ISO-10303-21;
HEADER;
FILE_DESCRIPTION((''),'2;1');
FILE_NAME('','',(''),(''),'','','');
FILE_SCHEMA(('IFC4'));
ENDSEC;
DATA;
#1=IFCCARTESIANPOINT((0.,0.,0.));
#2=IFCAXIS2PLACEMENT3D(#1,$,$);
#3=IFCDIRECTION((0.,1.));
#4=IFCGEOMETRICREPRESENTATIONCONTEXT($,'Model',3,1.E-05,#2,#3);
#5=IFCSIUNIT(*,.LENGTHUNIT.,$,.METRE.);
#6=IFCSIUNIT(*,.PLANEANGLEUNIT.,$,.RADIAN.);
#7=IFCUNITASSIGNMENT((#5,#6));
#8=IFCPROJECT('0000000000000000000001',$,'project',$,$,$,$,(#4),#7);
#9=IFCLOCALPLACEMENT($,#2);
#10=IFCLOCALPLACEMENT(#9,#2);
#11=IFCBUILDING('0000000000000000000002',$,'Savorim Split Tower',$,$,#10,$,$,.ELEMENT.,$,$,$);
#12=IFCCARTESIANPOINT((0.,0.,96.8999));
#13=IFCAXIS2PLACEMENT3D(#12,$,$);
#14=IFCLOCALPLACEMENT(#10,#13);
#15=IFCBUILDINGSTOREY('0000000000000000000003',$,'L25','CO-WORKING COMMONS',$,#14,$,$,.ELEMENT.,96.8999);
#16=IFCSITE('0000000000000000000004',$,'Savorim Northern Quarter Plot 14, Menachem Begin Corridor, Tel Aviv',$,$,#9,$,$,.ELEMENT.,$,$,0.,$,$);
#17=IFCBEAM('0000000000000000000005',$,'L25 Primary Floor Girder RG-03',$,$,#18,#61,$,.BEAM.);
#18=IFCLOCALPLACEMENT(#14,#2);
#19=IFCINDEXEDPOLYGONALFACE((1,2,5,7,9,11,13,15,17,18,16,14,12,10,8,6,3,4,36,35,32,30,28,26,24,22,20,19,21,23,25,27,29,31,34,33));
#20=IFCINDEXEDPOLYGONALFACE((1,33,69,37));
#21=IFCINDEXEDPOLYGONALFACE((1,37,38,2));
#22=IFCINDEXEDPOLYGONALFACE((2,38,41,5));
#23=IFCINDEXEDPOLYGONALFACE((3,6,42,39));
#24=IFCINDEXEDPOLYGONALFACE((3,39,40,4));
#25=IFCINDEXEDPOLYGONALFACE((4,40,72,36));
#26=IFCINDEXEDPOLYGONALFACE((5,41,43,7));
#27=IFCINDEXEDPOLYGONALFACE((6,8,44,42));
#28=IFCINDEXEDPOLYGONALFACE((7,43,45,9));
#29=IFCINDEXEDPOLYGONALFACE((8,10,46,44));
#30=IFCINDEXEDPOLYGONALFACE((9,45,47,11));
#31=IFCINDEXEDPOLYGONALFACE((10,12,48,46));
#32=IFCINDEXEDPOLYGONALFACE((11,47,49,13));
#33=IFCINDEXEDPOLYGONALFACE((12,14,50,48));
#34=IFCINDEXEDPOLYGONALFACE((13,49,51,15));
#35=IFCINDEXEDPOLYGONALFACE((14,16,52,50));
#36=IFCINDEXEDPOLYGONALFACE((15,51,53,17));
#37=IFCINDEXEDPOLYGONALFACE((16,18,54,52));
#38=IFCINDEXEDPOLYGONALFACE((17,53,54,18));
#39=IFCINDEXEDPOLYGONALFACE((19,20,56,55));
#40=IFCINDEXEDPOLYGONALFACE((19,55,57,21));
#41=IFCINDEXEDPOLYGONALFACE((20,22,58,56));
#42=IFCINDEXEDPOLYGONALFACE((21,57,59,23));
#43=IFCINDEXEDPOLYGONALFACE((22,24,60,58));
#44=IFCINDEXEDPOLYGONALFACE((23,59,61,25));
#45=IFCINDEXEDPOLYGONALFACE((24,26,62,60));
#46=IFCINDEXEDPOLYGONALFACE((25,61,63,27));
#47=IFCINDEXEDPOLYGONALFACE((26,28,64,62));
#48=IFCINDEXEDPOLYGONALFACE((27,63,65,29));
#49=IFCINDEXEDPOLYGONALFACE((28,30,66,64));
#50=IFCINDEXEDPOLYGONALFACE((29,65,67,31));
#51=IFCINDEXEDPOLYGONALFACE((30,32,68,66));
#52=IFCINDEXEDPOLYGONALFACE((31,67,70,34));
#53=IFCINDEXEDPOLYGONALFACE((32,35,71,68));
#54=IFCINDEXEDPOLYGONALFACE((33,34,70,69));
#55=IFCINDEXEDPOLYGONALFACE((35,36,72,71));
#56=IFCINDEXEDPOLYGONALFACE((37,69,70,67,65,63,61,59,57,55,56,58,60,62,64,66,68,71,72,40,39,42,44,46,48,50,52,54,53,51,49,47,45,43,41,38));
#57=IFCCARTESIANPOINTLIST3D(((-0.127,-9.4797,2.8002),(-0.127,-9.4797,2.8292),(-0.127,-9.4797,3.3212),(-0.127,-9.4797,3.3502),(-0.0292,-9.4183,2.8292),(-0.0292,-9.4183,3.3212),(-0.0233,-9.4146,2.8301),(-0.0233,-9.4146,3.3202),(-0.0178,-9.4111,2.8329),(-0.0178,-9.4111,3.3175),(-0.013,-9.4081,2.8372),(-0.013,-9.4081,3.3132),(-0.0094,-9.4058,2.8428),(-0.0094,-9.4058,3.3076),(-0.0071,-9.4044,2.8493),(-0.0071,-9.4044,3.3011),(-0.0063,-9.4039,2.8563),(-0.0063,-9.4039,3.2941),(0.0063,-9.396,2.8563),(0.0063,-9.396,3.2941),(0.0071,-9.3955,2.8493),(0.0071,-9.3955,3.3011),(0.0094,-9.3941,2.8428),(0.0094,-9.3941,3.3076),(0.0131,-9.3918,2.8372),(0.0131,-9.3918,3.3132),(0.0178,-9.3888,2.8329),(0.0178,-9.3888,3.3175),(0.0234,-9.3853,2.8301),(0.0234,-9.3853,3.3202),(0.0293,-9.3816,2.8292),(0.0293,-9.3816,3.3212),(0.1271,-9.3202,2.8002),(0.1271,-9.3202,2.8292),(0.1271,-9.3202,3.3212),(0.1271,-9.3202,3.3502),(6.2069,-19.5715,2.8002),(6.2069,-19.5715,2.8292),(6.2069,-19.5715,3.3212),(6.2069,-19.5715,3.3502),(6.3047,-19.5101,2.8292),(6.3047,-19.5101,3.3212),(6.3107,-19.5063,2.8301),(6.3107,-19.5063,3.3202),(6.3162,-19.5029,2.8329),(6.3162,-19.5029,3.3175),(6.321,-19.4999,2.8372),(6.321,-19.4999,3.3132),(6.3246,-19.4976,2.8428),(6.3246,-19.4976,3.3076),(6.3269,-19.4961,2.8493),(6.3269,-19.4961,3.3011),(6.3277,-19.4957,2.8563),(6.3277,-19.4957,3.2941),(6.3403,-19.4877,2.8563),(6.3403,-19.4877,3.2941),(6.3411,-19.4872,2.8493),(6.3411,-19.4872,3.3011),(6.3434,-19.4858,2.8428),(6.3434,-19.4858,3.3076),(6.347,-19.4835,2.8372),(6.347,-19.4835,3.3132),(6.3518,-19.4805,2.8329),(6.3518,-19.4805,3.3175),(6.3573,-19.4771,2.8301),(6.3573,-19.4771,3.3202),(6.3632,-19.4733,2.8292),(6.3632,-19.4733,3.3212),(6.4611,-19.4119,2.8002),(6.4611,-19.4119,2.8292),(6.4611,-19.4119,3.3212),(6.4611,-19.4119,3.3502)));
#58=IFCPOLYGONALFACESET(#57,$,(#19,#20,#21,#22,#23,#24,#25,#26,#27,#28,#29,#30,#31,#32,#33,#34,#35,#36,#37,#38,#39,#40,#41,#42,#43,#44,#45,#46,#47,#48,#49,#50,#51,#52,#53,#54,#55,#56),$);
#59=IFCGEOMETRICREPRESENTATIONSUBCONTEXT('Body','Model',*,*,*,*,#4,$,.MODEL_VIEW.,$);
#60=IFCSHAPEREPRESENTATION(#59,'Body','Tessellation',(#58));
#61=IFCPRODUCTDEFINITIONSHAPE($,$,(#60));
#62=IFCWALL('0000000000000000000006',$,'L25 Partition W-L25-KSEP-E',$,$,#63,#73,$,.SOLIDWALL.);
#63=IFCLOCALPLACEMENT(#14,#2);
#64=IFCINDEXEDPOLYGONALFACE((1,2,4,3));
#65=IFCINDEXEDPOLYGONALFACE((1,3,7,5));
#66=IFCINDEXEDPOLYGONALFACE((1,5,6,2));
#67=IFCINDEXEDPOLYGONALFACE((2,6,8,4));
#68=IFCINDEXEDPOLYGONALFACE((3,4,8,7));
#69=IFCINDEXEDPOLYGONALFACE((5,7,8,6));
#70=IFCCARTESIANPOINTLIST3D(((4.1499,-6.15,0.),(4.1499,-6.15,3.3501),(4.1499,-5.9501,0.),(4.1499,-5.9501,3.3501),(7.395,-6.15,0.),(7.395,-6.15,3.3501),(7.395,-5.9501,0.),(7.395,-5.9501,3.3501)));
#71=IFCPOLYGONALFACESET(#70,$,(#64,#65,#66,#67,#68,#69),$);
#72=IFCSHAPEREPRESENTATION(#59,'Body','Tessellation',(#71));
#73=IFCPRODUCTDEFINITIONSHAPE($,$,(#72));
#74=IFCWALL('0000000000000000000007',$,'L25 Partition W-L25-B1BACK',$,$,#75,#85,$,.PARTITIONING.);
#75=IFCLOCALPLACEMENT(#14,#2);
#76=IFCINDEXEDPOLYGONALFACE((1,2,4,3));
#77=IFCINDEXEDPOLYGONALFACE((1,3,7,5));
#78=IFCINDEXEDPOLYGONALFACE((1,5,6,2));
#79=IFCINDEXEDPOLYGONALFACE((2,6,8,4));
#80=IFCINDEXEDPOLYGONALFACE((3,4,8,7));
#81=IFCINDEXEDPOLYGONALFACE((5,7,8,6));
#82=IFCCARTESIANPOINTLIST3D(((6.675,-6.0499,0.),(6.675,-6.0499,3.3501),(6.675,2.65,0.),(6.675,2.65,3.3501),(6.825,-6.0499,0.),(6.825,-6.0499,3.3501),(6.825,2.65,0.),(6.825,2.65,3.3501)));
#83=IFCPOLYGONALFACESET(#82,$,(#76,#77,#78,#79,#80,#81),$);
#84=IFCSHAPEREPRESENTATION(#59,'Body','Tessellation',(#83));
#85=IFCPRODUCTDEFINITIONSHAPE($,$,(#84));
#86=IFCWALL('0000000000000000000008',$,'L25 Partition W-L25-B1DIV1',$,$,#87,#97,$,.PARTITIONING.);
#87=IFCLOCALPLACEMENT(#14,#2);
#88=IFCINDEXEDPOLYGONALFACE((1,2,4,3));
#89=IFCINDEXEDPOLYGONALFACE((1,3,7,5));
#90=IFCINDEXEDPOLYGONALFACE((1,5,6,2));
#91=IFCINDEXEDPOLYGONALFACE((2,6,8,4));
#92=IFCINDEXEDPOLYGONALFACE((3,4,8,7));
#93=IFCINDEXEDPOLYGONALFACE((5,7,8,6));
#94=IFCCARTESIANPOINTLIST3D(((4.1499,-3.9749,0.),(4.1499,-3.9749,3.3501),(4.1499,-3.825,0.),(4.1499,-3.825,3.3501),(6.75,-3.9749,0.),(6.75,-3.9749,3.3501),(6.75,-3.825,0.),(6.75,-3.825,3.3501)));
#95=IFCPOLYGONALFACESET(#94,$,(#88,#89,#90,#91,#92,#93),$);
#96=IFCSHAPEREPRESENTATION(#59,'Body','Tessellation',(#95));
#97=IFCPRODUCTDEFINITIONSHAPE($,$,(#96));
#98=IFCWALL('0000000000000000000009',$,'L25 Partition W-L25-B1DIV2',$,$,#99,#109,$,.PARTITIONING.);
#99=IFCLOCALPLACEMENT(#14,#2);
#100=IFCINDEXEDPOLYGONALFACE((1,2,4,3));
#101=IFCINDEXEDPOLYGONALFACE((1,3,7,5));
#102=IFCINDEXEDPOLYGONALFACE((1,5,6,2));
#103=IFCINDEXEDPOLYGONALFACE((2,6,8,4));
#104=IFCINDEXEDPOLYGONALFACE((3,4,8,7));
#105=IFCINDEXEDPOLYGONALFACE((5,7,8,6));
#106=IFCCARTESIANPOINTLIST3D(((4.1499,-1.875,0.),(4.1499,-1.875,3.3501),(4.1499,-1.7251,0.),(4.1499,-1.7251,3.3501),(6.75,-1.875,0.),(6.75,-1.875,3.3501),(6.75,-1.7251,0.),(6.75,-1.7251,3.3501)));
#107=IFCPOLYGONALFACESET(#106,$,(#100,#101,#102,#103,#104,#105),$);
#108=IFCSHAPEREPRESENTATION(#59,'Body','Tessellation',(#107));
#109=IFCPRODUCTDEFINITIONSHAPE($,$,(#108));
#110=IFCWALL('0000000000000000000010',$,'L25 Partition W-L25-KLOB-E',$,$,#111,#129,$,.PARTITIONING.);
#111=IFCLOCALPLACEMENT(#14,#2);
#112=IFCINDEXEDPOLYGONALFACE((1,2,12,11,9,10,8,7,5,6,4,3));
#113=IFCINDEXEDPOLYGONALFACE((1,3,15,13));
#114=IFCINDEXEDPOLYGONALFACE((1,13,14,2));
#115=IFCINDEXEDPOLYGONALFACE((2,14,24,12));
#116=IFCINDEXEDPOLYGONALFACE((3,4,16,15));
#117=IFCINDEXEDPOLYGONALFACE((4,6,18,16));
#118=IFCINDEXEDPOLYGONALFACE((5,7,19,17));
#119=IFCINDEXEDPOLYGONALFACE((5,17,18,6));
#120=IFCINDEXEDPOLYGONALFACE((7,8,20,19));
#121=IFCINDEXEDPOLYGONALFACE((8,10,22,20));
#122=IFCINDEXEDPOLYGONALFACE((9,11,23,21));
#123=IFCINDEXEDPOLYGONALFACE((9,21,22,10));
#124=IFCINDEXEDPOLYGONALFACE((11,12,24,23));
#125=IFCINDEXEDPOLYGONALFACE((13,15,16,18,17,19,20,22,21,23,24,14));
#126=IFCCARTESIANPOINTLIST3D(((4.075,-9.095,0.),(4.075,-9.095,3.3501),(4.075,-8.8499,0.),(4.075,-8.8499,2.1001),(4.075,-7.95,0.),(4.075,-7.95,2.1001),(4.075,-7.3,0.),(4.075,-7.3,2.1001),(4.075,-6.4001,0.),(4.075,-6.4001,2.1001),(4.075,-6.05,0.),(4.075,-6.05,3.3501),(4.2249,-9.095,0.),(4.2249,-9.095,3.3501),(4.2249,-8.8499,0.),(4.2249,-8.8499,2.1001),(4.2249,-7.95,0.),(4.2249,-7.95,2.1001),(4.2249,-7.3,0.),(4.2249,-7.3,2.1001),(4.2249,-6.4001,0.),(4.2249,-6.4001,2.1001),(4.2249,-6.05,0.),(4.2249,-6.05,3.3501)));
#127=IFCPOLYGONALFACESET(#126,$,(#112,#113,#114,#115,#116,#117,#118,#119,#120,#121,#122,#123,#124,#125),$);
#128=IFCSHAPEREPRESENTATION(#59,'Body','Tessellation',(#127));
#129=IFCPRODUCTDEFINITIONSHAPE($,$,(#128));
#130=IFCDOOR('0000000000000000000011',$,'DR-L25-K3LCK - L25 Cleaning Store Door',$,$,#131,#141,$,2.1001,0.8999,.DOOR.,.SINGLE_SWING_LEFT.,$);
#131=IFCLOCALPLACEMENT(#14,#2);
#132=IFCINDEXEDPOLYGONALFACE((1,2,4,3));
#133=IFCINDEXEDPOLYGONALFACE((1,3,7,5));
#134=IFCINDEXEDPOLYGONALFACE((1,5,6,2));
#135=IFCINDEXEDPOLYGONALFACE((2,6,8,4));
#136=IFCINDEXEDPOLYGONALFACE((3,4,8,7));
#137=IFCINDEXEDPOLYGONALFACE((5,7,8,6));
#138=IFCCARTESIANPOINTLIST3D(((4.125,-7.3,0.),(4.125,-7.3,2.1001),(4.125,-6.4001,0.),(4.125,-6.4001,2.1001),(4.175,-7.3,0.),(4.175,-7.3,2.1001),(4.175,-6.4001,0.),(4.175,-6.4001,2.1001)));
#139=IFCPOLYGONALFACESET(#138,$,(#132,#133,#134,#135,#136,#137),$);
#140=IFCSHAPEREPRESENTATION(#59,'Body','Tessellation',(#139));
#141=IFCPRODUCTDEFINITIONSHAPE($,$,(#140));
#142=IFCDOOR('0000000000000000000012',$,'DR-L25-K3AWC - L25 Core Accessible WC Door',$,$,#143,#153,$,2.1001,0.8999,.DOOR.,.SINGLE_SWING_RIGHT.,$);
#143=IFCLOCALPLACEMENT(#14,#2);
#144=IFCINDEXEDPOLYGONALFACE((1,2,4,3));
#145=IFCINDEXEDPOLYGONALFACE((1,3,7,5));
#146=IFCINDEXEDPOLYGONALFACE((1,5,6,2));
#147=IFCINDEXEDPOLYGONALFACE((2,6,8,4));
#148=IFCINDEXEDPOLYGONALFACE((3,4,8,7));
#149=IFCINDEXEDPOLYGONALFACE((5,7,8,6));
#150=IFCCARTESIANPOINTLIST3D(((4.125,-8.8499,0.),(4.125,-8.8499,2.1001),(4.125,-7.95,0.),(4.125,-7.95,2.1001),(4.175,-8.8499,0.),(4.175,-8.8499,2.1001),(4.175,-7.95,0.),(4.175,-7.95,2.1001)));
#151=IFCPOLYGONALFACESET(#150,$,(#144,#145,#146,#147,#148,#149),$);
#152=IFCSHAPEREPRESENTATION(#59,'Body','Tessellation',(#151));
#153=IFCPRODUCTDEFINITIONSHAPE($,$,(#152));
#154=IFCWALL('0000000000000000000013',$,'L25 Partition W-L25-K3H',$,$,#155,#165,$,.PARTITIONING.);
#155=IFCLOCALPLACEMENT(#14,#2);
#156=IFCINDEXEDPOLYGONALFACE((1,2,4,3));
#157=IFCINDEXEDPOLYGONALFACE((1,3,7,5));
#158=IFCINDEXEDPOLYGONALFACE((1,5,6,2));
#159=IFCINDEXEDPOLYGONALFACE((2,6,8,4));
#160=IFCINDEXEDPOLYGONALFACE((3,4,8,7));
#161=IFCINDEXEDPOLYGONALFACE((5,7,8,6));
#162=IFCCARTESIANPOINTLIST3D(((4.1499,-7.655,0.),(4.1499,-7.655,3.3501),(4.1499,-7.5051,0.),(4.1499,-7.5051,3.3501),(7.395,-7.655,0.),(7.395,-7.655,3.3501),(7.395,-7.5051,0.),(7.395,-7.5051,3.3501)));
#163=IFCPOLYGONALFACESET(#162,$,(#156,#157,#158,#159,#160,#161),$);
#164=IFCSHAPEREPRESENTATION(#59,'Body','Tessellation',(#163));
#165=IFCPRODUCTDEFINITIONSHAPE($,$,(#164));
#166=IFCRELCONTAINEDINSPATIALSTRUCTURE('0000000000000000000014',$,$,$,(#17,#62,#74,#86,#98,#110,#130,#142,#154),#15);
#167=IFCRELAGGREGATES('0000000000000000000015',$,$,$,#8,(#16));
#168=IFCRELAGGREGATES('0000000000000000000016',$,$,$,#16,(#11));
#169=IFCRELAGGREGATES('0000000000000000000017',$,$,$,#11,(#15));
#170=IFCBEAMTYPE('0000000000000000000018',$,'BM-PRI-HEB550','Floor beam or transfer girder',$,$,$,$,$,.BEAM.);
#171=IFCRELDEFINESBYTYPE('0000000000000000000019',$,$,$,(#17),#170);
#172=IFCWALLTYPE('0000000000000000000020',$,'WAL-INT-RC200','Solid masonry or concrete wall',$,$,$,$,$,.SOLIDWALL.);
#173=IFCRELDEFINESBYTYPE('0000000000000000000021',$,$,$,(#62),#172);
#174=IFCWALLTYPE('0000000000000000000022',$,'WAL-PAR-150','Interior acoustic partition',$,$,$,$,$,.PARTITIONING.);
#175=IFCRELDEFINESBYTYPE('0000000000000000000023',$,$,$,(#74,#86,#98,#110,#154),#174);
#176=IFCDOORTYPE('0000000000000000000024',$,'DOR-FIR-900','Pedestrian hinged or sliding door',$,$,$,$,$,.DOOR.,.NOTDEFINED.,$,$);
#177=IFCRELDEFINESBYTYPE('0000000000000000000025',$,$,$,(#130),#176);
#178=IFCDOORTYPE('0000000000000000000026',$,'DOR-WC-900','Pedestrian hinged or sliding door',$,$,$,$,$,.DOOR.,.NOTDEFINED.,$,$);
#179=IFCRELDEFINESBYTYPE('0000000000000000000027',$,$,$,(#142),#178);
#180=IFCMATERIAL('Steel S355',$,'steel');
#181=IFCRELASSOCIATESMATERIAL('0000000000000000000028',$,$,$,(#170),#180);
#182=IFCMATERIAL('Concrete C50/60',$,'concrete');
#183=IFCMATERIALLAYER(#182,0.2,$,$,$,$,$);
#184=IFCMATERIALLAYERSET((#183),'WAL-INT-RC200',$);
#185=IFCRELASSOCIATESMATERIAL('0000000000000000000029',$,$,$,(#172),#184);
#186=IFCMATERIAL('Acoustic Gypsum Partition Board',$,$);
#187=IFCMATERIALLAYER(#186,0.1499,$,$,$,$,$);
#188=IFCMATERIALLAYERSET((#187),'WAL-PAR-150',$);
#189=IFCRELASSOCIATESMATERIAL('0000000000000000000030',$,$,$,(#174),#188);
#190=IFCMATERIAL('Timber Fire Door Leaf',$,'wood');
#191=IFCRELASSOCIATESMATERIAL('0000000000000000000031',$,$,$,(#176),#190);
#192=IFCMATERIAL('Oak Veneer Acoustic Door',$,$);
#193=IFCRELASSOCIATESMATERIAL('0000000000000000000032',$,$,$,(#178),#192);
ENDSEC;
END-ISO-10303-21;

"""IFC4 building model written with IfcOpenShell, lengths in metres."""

from ifc_helpers import new_model, si_unit, direction, frame, frame_2d, origin, origin_2d, place, context, subcontext, project, spatial, rectangle, i_section, extrude, material, layer, layer_set, material_profile, profile_set, type_object, element, fill, save


model = new_model("IFC4")

# Units and contexts
model_context = context("Model", 3, precision=1e-05, world=origin(), true_north=direction((0.0, 1.0)))
body_context = subcontext(model_context, "Body", "Model", "MODEL_VIEW")
ifc_project = project(units=[si_unit("LENGTHUNIT", "METRE"), si_unit("PLANEANGLEUNIT", "RADIAN")], contexts=[model_context])

# Site, building, storey
site_placement = place(None, origin())
site = spatial("IfcSite", under=ifc_project, at=site_placement, Name="Savorim Northern Quarter Plot 14, Menachem Begin Corridor, Tel Aviv", CompositionType="ELEMENT", RefElevation=0.0)
building_placement = place(site_placement, origin())
building = spatial("IfcBuilding", under=site, at=building_placement, Name="Savorim Split Tower", CompositionType="ELEMENT")
storey_placement = place(building_placement, frame((0.0, 0.0, 96.8999)))
storey = spatial("IfcBuildingStorey", under=building, at=storey_placement, Name="L25", Description="CO-WORKING COMMONS", CompositionType="ELEMENT", Elevation=96.8999)

# Beam
ifc_material_1 = material(Name="Steel S355", Category="steel")
ifc_material_profile_1 = material_profile(ifc_material_1, i_section(OverallWidth=0.3, OverallDepth=0.55, WebThickness=0.0149, FlangeThickness=0.0291, FilletRadius=0.0271, at=origin_2d()), Name="HEB 550")
ifc_profile_set_1 = profile_set([ifc_material_profile_1], Name="Steel S355")
beam_type_1 = type_object("IfcBeamType", Name="BM-PRI-HEB550", Description="Floor beam or transfer girder", PredefinedType="BEAM", material=ifc_profile_set_1)
beam_1_placement = place(storey_placement, frame((6.334, -19.4917, 3.0752), z_axis=(-0.531604, 0.846993, 0.0), x_axis=(-0.846993, -0.531604, 0.0)))
element("IfcBeam", 1, at=beam_1_placement, inside=storey, type_object=beam_type_1, Name="L25 Primary Floor Girder RG-03", PredefinedType="BEAM", context=body_context, shape_type="SweptSolid", body=[
    extrude(i_section(OverallWidth=0.3, OverallDepth=0.55, WebThickness=0.0149, FlangeThickness=0.0291, FilletRadius=0.0271, at=origin_2d()), origin(), (0.0, 0.0, 1.0), 11.9148),
])

# Shared definitions
ifc_material_2 = material(Name="Concrete C50/60", Category="concrete")
ifc_layer_1 = layer(ifc_material_2, 0.2)
ifc_layer_set_1 = layer_set([ifc_layer_1], Name="WAL-INT-RC200")
wall_type_1 = type_object("IfcWallType", Name="WAL-INT-RC200", Description="Solid masonry or concrete wall", PredefinedType="SOLIDWALL", material=ifc_layer_set_1)

# Walls
wall_1_placement = place(storey_placement, frame((4.1499, -6.05, 0.0), z_axis=(0.0, 0.0, 1.0), x_axis=(1.0, 0.0, 0.0)))
element("IfcWall", 2, at=wall_1_placement, inside=storey, type_object=wall_type_1, Name="L25 Partition W-L25-KSEP-E", PredefinedType="SOLIDWALL", context=body_context, shape_type="SweptSolid", body=[
    extrude(rectangle(XDim=3.2451, YDim=0.2, at=frame_2d((1.6226, 0.0))), origin(), (0.0, 0.0, 1.0), 3.3501),
])
ifc_material_3 = material(Name="Acoustic Gypsum Partition Board")
ifc_layer_2 = layer(ifc_material_3, 0.1499)
ifc_layer_set_2 = layer_set([ifc_layer_2], Name="WAL-PAR-150")
wall_type_2 = type_object("IfcWallType", Name="WAL-PAR-150", Description="Interior acoustic partition", PredefinedType="PARTITIONING", material=ifc_layer_set_2)
wall_2_placement = place(storey_placement, frame((6.75, -6.05, 0.0), z_axis=(0.0, 0.0, 1.0), x_axis=(0.0, 1.0, 0.0)))
element("IfcWall", 3, at=wall_2_placement, inside=storey, type_object=wall_type_2, Name="L25 Partition W-L25-B1BACK", PredefinedType="PARTITIONING", context=body_context, shape_type="SweptSolid", body=[
    extrude(rectangle(XDim=8.7, YDim=0.1499, at=frame_2d((4.3501, 0.0))), origin(), (0.0, 0.0, 1.0), 3.3501),
])
for number, where, z_axis, x_axis, name in (
    (4, (4.1499, -3.8999, 0.0), (0.0, 0.0, 1.0), (1.0, 0.0, 0.0), "L25 Partition W-L25-B1DIV1"),
    (5, (4.1499, -1.8, 0.0), (0.0, 0.0, 1.0), (1.0, 0.0, 0.0), "L25 Partition W-L25-B1DIV2"),
):
    element("IfcWall", number, at=place(storey_placement, frame(where, z_axis=z_axis, x_axis=x_axis)), inside=storey, type_object=wall_type_2, Name=name, PredefinedType="PARTITIONING", context=body_context, shape_type="SweptSolid", body=[
        extrude(rectangle(XDim=2.6001, YDim=0.1499, at=frame_2d((1.3, 0.0))), origin(), (0.0, 0.0, 1.0), 3.3501),
    ])

# Wall, openings, doors
wall_3_placement = place(storey_placement, frame((4.1499, -9.095, 0.0), z_axis=(0.0, 0.0, 1.0), x_axis=(0.0, 1.0, 0.0)))
wall_3 = element("IfcWall", 6, at=wall_3_placement, inside=storey, type_object=wall_type_2, Name="L25 Partition W-L25-KLOB-E", PredefinedType="PARTITIONING", context=body_context, shape_type="SweptSolid", body=[
    extrude(rectangle(XDim=3.0449, YDim=0.1499, at=frame_2d((1.5225, 0.0))), origin(), (0.0, 0.0, 1.0), 3.3501),
])
opening_1_placement = place(wall_3_placement, frame((0.2451, 0.0, 0.0)))
opening_1 = element("IfcOpeningElement", 7, at=opening_1_placement, cuts=wall_3, PredefinedType="OPENING", context=body_context, shape_type="SweptSolid", body=[
    extrude(rectangle(XDim=0.8999, YDim=2.1001, at=frame_2d((0.45, 1.05))), frame((0.0, 0.085, 0.0), z_axis=(0.0, -1.0, 0.0), x_axis=(1.0, 0.0, 0.0)), (0.0, 0.0, 1.0), 0.1699),
])
opening_2_placement = place(wall_3_placement, frame((1.7949, 0.0, 0.0)))
opening_2 = element("IfcOpeningElement", 8, at=opening_2_placement, cuts=wall_3, PredefinedType="OPENING", context=body_context, shape_type="SweptSolid", body=[
    extrude(rectangle(XDim=0.8999, YDim=2.1001, at=frame_2d((0.45, 1.05))), frame((0.0, 0.085, 0.0), z_axis=(0.0, -1.0, 0.0), x_axis=(1.0, 0.0, 0.0)), (0.0, 0.0, 1.0), 0.1699),
])
ifc_material_4 = material(Name="Timber Fire Door Leaf", Category="wood")
door_type_1 = type_object("IfcDoorType", Name="DOR-FIR-900", Description="Pedestrian hinged or sliding door", OperationType="NOTDEFINED", PredefinedType="DOOR", material=ifc_material_4)
door_1_placement = place(opening_2_placement, origin())
door_1 = element("IfcDoor", 9, at=door_1_placement, inside=storey, type_object=door_type_1, Name="DR-L25-K3LCK - L25 Cleaning Store Door", OperationType="SINGLE_SWING_LEFT", OverallHeight=2.1001, OverallWidth=0.8999, PredefinedType="DOOR", context=body_context, shape_type="SweptSolid", body=[
    extrude(rectangle(XDim=0.8999, YDim=2.1001, at=frame_2d((0.45, 1.05))), frame((0.0, 0.0249, 0.0), z_axis=(0.0, -1.0, 0.0), x_axis=(1.0, 0.0, 0.0)), (0.0, 0.0, 1.0), 0.05),
])
fill(opening_2, door_1)
ifc_material_5 = material(Name="Oak Veneer Acoustic Door")
door_type_2 = type_object("IfcDoorType", Name="DOR-WC-900", Description="Pedestrian hinged or sliding door", OperationType="NOTDEFINED", PredefinedType="DOOR", material=ifc_material_5)
door_2_placement = place(opening_1_placement, origin())
door_2 = element("IfcDoor", 10, at=door_2_placement, inside=storey, type_object=door_type_2, Name="DR-L25-K3AWC - L25 Core Accessible WC Door", OperationType="SINGLE_SWING_RIGHT", OverallHeight=2.1001, OverallWidth=0.8999, PredefinedType="DOOR", context=body_context, shape_type="SweptSolid", body=[
    extrude(rectangle(XDim=0.8999, YDim=2.1001, at=frame_2d((0.45, 1.05))), frame((0.0, 0.0249, 0.0), z_axis=(0.0, -1.0, 0.0), x_axis=(1.0, 0.0, 0.0)), (0.0, 0.0, 1.0), 0.05),
])
fill(opening_1, door_2)

# Wall
wall_4_placement = place(storey_placement, frame((4.1499, -7.5801, 0.0), z_axis=(0.0, 0.0, 1.0), x_axis=(1.0, 0.0, 0.0)))
element("IfcWall", 11, at=wall_4_placement, inside=storey, type_object=wall_type_2, Name="L25 Partition W-L25-K3H", PredefinedType="PARTITIONING", context=body_context, shape_type="SweptSolid", body=[
    extrude(rectangle(XDim=3.2451, YDim=0.1499, at=frame_2d((1.6226, 0.0))), origin(), (0.0, 0.0, 1.0), 3.3501),
])

save(model, "model.ifc")
